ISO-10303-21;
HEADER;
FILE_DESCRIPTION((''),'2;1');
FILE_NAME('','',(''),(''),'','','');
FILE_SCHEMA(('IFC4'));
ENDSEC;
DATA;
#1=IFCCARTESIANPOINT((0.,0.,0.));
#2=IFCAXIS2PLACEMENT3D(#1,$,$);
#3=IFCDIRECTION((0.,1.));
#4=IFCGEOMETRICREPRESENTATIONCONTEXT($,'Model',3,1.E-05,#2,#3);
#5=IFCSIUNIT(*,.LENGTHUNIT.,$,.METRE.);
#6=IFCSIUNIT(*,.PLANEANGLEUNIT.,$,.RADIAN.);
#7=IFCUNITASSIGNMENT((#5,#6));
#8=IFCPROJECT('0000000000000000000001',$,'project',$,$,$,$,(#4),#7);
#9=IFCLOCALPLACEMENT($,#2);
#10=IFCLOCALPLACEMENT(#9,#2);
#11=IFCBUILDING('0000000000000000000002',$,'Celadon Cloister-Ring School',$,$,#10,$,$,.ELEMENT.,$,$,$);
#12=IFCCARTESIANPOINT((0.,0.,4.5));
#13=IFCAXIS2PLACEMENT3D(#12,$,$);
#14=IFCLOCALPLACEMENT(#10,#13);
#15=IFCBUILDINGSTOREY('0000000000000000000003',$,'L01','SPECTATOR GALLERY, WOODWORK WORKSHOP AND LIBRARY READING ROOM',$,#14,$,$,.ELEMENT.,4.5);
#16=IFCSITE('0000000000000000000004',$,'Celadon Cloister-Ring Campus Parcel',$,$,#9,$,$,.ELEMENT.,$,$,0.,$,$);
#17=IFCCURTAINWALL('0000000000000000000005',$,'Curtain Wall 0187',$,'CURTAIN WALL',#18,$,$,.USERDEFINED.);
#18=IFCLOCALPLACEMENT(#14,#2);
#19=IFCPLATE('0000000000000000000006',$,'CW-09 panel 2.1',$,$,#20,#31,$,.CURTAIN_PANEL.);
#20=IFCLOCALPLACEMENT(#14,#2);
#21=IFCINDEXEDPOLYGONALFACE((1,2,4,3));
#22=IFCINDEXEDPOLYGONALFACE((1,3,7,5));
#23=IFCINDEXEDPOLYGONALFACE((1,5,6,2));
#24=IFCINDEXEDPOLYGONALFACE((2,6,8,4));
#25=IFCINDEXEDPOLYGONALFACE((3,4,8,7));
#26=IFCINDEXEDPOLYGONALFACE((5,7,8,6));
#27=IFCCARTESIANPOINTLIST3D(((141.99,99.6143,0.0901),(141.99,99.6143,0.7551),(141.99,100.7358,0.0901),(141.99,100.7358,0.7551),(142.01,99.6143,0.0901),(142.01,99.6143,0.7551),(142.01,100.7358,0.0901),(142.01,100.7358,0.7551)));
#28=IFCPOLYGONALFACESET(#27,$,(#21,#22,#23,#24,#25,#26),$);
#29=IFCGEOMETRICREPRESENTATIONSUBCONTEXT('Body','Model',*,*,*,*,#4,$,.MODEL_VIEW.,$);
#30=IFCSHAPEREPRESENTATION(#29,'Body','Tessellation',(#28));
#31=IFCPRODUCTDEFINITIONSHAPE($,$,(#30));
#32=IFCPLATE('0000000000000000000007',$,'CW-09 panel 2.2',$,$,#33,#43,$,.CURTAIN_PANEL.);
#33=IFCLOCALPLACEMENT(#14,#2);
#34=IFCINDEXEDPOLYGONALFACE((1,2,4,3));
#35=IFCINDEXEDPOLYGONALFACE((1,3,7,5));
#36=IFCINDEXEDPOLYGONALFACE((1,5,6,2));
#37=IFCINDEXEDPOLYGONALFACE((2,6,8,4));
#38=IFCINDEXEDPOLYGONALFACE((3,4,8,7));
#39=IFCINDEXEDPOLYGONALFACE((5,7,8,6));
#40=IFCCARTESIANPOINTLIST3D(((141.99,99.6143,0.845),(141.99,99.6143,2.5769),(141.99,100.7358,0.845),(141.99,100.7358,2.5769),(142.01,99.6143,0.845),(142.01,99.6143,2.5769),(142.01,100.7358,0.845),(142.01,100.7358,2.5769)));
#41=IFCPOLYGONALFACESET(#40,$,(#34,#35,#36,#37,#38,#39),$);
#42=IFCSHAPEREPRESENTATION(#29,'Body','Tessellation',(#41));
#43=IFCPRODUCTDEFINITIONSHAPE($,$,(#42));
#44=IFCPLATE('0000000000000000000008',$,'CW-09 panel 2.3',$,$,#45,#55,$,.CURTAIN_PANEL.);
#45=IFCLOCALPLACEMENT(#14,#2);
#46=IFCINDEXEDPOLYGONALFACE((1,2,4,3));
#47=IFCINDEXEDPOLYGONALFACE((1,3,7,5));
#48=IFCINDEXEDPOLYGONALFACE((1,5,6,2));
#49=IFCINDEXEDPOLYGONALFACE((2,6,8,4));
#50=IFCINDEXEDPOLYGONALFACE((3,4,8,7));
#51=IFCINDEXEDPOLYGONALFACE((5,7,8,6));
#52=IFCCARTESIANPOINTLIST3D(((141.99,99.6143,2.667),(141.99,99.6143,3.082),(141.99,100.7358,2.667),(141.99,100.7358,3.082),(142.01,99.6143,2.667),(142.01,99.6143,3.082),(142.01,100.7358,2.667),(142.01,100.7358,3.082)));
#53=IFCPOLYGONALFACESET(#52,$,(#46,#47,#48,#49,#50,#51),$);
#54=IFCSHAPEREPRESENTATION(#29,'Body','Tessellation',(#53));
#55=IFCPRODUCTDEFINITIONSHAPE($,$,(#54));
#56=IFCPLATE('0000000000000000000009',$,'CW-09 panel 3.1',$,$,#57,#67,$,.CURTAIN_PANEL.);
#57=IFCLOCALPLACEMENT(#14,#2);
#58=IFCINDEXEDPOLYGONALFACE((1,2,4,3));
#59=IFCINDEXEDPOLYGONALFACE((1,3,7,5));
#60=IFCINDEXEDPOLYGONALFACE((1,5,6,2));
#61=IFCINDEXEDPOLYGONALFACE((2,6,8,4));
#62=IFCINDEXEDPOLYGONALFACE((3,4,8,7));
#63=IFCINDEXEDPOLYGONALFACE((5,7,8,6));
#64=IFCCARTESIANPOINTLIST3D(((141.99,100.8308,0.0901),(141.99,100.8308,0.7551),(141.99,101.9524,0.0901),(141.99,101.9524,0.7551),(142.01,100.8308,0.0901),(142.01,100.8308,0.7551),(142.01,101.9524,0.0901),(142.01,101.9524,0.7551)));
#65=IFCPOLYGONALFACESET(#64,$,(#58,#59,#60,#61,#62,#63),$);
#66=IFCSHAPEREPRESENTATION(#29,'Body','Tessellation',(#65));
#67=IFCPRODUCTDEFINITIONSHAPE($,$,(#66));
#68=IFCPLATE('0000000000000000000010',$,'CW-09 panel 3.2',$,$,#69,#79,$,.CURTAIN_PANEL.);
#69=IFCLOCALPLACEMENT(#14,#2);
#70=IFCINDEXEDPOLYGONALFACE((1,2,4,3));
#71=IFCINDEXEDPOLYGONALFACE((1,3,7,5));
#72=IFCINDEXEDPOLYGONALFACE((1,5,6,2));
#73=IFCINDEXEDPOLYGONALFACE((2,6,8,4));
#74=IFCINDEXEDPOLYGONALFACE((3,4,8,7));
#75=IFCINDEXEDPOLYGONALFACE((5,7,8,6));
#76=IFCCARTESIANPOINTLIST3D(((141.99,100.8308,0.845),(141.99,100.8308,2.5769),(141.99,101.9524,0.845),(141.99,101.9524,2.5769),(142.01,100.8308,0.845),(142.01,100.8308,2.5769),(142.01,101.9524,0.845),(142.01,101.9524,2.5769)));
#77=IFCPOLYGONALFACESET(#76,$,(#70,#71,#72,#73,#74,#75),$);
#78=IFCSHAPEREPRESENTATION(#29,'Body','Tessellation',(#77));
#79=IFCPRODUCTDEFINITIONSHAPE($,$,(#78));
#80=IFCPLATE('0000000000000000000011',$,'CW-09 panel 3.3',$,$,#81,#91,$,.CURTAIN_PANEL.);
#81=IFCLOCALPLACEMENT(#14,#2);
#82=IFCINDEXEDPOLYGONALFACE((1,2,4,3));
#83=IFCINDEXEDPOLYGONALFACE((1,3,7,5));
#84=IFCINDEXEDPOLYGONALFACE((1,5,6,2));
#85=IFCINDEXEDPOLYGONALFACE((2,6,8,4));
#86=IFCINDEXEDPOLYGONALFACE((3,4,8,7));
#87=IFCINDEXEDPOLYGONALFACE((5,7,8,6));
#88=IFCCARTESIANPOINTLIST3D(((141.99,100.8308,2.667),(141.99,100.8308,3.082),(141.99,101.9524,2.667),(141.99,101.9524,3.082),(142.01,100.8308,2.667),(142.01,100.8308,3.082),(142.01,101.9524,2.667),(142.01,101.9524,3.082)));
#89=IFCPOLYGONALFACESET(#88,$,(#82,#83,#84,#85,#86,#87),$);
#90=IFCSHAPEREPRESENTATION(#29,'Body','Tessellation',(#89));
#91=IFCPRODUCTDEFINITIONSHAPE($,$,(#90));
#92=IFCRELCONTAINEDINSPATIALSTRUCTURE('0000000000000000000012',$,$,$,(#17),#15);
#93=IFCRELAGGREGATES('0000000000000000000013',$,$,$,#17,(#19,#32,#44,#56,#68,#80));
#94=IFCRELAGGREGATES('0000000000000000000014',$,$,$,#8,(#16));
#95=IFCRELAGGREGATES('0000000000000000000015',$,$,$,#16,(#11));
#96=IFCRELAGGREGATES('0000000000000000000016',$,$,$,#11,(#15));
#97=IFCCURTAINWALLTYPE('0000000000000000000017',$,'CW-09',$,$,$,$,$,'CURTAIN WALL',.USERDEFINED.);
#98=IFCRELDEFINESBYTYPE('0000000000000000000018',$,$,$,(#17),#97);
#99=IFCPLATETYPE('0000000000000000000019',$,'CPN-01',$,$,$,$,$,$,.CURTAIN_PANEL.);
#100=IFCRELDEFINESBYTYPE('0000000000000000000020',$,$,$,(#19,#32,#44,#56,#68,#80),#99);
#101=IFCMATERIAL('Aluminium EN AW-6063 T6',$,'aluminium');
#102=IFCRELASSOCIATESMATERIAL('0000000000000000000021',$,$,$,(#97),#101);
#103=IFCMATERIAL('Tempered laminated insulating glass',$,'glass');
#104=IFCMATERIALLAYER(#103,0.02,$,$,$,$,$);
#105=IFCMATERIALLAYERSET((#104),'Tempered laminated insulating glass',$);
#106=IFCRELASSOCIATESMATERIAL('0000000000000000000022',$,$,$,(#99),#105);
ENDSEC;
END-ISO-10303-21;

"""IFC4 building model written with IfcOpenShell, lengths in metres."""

from ifc_helpers import new_model, si_unit, direction, frame, origin, origin_2d, place, context, subcontext, project, spatial, rectangle, extrude, material, layer, layer_set, type_object, element, aggregate, save


model = new_model("IFC4")

# Units and contexts
model_context = context("Model", 3, precision=1e-05, world=origin(), true_north=direction((0.0, 1.0)))
body_context = subcontext(model_context, "Body", "Model", "MODEL_VIEW")
ifc_project = project(units=[si_unit("LENGTHUNIT", "METRE"), si_unit("PLANEANGLEUNIT", "RADIAN")], contexts=[model_context])

# Site, building, storey
site_placement = place(None, origin())
site = spatial("IfcSite", under=ifc_project, at=site_placement, Name="Celadon Cloister-Ring Campus Parcel", CompositionType="ELEMENT", RefElevation=0.0)
building_placement = place(site_placement, origin())
building = spatial("IfcBuilding", under=site, at=building_placement, Name="Celadon Cloister-Ring School", CompositionType="ELEMENT")
storey_placement = place(building_placement, frame((0.0, 0.0, 4.5)))
storey = spatial("IfcBuildingStorey", under=building, at=storey_placement, Name="L01", Description="SPECTATOR GALLERY, WOODWORK WORKSHOP AND LIBRARY READING ROOM", CompositionType="ELEMENT", Elevation=4.5)

# Shared definitions
ifc_material_1 = material(Name="Aluminium EN AW-6063 T6", Category="aluminium")
curtain_wall_type = type_object("IfcCurtainWallType", Name="CW-09", ElementType="CURTAIN WALL", PredefinedType="USERDEFINED", material=ifc_material_1)

# Curtain wall
curtain_wall_1_placement = place(storey_placement, origin())
curtain_wall_1 = element("IfcCurtainWall", 1, at=curtain_wall_1_placement, inside=storey, type_object=curtain_wall_type, Name="Curtain Wall 0187", ObjectType="CURTAIN WALL", PredefinedType="USERDEFINED")

# Plates
ifc_material_2 = material(Name="Tempered laminated insulating glass", Category="glass")
ifc_layer = layer(ifc_material_2, 0.02)
ifc_layer_set = layer_set([ifc_layer], Name="Tempered laminated insulating glass")
plate_type = type_object("IfcPlateType", Name="CPN-01", PredefinedType="CURTAIN_PANEL", material=ifc_layer_set)
plate_1_placement = place(storey_placement, frame((142.0, 100.175, 0.0901), z_axis=(0.0, 0.0, 1.0), x_axis=(0.0, 1.0, 0.0)))
plate_1 = element("IfcPlate", 2, at=plate_1_placement, type_object=plate_type, Name="CW-09 panel 2.1", PredefinedType="CURTAIN_PANEL", context=body_context, shape_type="SweptSolid", body=[
    extrude(rectangle(XDim=1.1216, YDim=0.02, at=origin_2d()), origin(), (0.0, 0.0, 1.0), 0.665),
])
plate_2_placement = place(storey_placement, frame((142.0, 100.175, 0.845), z_axis=(0.0, 0.0, 1.0), x_axis=(0.0, 1.0, 0.0)))
plate_2 = element("IfcPlate", 3, at=plate_2_placement, type_object=plate_type, Name="CW-09 panel 2.2", PredefinedType="CURTAIN_PANEL", context=body_context, shape_type="SweptSolid", body=[
    extrude(rectangle(XDim=1.1216, YDim=0.02, at=origin_2d()), origin(), (0.0, 0.0, 1.0), 1.7319),
])
plate_3_placement = place(storey_placement, frame((142.0, 100.175, 2.667), z_axis=(0.0, 0.0, 1.0), x_axis=(0.0, 1.0, 0.0)))
plate_3 = element("IfcPlate", 4, at=plate_3_placement, type_object=plate_type, Name="CW-09 panel 2.3", PredefinedType="CURTAIN_PANEL", context=body_context, shape_type="SweptSolid", body=[
    extrude(rectangle(XDim=1.1216, YDim=0.02, at=origin_2d()), origin(), (0.0, 0.0, 1.0), 0.415),
])
plate_4_placement = place(storey_placement, frame((142.0, 101.3916, 0.0901), z_axis=(0.0, 0.0, 1.0), x_axis=(0.0, 1.0, 0.0)))
plate_4 = element("IfcPlate", 5, at=plate_4_placement, type_object=plate_type, Name="CW-09 panel 3.1", PredefinedType="CURTAIN_PANEL", context=body_context, shape_type="SweptSolid", body=[
    extrude(rectangle(XDim=1.1216, YDim=0.02, at=origin_2d()), origin(), (0.0, 0.0, 1.0), 0.665),
])
plate_5_placement = place(storey_placement, frame((142.0, 101.3916, 0.845), z_axis=(0.0, 0.0, 1.0), x_axis=(0.0, 1.0, 0.0)))
plate_5 = element("IfcPlate", 6, at=plate_5_placement, type_object=plate_type, Name="CW-09 panel 3.2", PredefinedType="CURTAIN_PANEL", context=body_context, shape_type="SweptSolid", body=[
    extrude(rectangle(XDim=1.1216, YDim=0.02, at=origin_2d()), origin(), (0.0, 0.0, 1.0), 1.7319),
])
plate_6_placement = place(storey_placement, frame((142.0, 101.3916, 2.667), z_axis=(0.0, 0.0, 1.0), x_axis=(0.0, 1.0, 0.0)))
plate_6 = element("IfcPlate", 7, at=plate_6_placement, type_object=plate_type, Name="CW-09 panel 3.3", PredefinedType="CURTAIN_PANEL", context=body_context, shape_type="SweptSolid", body=[
    extrude(rectangle(XDim=1.1216, YDim=0.02, at=origin_2d()), origin(), (0.0, 0.0, 1.0), 0.415),
])
aggregate(curtain_wall_1, [plate_1, plate_2, plate_3, plate_4, plate_5, plate_6])

save(model, "model.ifc")
